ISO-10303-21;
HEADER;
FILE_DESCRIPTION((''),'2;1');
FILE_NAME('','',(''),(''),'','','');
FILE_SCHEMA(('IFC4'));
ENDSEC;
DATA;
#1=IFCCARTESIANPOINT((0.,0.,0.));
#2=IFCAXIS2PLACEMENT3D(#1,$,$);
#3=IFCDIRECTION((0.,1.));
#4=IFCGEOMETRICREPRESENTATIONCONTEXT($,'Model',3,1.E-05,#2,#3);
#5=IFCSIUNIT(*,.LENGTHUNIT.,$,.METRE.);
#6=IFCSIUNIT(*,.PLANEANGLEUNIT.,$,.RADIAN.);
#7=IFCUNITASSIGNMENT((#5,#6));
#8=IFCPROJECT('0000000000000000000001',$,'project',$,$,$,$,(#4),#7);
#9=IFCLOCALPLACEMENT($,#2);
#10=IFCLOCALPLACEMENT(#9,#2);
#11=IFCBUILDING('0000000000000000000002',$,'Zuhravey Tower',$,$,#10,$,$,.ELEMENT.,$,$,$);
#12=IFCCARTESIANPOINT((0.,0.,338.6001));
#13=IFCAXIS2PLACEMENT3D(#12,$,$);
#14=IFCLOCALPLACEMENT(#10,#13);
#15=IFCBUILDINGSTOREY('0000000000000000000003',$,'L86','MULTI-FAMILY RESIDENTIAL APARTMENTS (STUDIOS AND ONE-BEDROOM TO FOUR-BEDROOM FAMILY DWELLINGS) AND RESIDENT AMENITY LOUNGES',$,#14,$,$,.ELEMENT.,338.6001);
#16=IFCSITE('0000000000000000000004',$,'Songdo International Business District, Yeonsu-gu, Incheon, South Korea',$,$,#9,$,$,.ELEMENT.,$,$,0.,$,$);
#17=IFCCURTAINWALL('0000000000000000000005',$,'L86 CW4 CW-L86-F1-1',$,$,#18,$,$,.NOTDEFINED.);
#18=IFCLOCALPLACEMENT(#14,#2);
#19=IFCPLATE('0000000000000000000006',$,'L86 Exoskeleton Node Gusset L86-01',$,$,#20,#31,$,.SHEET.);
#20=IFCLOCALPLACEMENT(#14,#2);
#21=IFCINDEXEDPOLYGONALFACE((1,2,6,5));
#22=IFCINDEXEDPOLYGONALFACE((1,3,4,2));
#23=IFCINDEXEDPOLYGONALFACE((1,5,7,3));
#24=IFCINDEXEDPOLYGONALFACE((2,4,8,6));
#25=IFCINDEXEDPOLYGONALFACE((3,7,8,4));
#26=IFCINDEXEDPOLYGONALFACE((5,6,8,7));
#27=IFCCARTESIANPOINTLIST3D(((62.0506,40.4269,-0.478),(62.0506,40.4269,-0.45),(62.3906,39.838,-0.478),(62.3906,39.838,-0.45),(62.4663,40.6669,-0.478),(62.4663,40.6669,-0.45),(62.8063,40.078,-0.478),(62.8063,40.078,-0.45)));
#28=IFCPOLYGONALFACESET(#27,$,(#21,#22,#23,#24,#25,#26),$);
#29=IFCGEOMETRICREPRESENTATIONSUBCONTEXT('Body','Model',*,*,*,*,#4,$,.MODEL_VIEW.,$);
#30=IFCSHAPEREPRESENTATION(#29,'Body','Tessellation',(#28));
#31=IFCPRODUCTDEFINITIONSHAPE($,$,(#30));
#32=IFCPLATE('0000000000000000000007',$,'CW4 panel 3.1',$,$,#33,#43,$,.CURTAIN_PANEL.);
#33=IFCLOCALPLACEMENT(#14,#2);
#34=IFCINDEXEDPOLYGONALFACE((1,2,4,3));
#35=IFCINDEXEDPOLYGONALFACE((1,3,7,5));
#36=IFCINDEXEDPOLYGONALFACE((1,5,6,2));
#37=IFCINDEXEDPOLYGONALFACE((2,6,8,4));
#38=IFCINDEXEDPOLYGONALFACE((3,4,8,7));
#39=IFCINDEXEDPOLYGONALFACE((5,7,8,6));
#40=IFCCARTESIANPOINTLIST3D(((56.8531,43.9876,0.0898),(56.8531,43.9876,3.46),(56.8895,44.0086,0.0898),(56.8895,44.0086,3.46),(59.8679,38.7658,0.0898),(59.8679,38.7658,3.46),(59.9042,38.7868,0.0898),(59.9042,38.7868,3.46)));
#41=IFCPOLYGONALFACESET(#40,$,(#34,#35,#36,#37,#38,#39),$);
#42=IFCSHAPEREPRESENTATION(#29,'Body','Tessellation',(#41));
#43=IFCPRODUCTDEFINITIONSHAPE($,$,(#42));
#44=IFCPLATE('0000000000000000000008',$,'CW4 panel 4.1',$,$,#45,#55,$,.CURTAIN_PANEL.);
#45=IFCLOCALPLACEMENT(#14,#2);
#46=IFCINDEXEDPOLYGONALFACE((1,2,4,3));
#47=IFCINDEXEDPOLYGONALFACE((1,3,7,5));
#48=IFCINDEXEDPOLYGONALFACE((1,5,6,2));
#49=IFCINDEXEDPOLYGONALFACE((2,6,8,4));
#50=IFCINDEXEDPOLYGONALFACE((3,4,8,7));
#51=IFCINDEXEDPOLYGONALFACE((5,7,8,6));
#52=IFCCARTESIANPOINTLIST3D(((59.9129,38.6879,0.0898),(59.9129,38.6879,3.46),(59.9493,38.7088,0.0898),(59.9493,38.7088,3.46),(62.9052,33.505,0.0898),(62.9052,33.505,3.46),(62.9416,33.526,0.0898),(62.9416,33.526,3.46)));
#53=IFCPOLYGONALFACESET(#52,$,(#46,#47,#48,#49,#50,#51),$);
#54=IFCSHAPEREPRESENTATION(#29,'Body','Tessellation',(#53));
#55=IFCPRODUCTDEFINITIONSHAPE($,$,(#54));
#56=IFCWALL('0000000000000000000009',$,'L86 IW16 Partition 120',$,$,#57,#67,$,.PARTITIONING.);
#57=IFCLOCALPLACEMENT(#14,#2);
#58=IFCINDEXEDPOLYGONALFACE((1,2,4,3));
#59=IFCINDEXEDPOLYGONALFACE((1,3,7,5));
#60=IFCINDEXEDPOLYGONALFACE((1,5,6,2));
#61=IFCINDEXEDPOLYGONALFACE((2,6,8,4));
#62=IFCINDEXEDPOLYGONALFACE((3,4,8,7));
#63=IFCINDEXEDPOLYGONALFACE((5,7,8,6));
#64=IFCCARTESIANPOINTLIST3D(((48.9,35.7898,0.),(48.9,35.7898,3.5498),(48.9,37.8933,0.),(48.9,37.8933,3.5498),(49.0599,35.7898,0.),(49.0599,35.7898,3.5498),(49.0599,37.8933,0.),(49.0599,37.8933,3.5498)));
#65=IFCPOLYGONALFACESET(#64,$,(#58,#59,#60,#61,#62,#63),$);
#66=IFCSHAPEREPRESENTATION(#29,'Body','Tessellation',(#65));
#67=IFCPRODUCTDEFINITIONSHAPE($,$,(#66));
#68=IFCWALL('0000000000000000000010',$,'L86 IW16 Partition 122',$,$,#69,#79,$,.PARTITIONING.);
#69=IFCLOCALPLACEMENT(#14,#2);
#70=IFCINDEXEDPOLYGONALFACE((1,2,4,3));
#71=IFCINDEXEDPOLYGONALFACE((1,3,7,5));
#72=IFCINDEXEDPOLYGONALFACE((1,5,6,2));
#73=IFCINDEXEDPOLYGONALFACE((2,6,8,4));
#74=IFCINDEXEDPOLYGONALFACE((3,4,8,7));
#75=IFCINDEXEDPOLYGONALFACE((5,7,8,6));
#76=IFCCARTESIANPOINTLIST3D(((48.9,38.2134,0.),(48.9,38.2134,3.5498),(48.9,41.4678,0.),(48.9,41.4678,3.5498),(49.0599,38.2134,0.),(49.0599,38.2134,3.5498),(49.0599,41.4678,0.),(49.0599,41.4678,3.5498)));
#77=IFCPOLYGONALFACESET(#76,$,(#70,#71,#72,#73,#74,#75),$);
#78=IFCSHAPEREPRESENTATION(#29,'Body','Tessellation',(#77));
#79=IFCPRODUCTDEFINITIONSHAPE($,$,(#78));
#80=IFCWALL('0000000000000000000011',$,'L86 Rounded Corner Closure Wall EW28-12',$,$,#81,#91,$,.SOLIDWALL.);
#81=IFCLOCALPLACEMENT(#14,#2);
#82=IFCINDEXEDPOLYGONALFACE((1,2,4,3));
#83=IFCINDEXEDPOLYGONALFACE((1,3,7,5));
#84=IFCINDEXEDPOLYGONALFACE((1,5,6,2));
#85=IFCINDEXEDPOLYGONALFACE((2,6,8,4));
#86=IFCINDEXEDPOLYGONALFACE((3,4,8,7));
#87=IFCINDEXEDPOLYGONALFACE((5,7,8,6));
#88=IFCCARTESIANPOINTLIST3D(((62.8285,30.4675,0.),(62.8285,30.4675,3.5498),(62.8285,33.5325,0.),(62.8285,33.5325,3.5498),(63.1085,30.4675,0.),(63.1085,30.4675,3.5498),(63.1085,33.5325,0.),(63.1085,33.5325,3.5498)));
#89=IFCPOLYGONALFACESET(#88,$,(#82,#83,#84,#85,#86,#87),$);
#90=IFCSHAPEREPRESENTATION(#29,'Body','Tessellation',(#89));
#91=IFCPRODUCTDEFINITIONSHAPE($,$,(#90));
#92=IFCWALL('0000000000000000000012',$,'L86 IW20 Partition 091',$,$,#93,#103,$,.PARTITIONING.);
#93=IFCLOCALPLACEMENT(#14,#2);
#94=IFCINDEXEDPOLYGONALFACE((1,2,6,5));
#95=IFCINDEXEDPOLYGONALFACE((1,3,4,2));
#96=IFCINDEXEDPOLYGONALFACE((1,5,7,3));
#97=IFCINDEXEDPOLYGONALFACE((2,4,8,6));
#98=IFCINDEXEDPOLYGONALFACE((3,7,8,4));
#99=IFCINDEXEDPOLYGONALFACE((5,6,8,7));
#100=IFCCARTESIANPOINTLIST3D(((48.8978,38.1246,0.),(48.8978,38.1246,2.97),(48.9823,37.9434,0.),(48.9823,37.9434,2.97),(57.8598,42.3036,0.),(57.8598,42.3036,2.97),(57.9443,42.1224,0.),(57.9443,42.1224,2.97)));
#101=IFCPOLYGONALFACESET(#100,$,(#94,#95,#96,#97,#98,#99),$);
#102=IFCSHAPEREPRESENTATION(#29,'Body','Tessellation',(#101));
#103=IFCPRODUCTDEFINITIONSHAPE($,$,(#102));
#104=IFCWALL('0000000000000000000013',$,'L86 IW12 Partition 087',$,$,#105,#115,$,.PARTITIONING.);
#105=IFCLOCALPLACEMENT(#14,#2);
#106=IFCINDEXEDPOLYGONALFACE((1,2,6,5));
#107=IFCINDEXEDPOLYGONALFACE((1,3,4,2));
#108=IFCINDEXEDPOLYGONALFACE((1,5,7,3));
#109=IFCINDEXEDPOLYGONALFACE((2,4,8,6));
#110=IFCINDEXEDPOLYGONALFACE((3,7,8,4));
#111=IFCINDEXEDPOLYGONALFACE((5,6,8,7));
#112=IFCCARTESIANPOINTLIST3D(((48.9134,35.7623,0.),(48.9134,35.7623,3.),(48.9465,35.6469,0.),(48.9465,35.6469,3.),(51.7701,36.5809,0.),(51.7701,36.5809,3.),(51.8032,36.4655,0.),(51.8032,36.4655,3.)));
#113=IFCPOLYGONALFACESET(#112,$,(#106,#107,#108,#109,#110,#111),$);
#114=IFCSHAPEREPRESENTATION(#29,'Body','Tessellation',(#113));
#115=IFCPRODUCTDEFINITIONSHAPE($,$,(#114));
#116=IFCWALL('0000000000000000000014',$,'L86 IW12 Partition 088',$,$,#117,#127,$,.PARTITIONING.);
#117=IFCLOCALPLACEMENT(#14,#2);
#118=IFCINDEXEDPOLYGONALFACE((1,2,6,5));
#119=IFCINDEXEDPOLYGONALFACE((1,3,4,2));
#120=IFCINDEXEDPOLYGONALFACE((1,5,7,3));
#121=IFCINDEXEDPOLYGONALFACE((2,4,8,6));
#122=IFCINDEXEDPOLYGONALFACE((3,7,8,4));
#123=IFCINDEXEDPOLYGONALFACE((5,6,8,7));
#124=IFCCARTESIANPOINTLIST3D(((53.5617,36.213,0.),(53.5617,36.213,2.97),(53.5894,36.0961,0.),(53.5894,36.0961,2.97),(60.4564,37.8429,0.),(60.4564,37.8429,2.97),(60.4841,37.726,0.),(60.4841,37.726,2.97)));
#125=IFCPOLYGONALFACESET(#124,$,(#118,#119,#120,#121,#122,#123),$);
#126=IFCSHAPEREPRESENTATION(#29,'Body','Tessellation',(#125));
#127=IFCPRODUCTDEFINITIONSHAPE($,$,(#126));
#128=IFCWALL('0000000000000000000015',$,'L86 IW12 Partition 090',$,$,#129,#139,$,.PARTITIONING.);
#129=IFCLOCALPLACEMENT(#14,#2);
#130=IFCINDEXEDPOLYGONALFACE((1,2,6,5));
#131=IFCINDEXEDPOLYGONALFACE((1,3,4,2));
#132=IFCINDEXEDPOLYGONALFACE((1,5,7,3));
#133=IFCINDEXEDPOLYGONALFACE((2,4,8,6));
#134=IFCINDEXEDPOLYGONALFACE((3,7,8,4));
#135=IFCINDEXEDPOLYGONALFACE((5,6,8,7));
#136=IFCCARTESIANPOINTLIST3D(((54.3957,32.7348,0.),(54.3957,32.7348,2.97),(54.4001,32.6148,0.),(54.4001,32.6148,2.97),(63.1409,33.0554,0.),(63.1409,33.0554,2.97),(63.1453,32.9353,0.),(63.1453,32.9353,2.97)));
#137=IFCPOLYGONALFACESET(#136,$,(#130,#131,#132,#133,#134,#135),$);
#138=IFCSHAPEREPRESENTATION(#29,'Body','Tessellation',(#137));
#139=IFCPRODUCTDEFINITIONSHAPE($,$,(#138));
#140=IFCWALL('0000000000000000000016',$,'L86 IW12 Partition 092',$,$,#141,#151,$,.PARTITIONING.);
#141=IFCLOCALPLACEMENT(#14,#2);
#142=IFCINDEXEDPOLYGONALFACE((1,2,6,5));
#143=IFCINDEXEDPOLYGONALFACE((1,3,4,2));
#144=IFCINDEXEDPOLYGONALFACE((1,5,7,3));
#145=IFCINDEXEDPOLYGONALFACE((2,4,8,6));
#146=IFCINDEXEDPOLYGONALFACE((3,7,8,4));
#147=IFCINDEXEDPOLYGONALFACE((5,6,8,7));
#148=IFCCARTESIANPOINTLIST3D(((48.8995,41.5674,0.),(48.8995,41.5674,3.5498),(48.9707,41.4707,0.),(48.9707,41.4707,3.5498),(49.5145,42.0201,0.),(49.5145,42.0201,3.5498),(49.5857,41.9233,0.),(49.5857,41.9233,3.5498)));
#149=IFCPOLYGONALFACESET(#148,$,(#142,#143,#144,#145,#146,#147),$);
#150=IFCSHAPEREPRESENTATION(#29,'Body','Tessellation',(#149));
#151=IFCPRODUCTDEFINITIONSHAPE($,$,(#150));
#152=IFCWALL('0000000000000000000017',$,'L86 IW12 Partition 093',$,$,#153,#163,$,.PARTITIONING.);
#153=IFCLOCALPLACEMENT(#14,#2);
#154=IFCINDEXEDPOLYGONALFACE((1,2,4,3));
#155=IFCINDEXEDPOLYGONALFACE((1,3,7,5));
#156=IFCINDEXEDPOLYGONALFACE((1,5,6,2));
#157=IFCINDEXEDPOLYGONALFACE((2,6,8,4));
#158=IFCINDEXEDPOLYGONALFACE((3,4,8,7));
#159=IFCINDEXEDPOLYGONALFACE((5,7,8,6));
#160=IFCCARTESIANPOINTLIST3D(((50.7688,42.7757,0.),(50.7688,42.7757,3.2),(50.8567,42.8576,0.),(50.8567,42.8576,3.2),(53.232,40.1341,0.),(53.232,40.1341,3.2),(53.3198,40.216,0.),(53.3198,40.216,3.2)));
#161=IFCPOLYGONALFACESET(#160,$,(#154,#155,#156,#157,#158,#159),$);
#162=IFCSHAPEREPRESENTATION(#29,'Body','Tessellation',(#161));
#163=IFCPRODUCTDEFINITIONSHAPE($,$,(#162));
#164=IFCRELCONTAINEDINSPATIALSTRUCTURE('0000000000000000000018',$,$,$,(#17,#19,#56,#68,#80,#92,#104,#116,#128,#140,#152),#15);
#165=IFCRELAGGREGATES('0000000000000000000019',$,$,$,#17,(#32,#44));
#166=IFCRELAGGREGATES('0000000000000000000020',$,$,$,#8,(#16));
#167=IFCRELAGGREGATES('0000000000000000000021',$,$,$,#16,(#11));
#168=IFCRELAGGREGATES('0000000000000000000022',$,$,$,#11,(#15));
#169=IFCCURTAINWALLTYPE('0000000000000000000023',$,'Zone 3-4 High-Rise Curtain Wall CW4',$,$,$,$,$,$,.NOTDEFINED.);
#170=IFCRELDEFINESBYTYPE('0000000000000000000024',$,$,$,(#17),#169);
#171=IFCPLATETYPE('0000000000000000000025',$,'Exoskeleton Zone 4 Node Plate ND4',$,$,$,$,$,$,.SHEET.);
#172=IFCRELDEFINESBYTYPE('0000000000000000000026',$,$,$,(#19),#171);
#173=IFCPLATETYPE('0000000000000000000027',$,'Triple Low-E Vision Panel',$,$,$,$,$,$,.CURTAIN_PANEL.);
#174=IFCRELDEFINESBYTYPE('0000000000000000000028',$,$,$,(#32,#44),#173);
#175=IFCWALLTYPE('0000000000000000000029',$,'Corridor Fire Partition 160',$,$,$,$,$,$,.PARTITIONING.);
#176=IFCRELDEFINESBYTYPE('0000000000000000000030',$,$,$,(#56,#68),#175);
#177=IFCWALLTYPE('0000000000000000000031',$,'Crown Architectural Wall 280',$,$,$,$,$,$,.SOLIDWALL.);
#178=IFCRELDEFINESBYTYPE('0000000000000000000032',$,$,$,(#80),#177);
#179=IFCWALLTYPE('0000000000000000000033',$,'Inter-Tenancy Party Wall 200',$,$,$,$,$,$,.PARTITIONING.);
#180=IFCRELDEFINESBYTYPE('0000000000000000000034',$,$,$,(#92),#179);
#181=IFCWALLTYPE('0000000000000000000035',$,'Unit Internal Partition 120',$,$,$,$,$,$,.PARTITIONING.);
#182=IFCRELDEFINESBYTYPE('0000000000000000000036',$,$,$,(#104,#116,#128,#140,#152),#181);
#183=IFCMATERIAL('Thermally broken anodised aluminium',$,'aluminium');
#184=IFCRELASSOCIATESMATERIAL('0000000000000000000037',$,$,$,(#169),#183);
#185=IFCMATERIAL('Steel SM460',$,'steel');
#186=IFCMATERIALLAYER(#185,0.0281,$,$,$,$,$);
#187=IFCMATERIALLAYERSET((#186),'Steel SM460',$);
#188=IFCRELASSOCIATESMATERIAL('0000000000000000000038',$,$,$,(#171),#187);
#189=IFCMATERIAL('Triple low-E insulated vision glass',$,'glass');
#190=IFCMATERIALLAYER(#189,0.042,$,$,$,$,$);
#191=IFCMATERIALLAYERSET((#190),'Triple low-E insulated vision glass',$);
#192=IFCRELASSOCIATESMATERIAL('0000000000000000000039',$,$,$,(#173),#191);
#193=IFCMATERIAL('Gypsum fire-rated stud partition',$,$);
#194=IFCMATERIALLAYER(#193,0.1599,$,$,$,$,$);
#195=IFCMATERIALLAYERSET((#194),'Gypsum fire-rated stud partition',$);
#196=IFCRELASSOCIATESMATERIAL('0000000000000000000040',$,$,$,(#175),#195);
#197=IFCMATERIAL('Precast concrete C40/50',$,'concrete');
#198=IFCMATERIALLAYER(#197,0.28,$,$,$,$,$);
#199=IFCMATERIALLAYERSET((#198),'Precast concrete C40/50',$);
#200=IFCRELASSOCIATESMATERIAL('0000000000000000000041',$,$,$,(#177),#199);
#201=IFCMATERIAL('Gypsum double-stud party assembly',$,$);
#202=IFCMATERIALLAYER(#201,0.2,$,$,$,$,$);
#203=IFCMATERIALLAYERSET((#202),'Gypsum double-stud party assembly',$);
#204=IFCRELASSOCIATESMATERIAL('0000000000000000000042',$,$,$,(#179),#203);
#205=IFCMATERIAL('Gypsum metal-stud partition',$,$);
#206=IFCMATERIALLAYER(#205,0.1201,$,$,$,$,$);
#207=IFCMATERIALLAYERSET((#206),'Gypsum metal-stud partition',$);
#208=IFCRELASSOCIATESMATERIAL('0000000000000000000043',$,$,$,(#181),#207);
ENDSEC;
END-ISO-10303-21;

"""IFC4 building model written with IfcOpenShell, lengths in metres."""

from ifc_helpers import new_model, si_unit, direction, frame, frame_2d, origin, origin_2d, place, context, subcontext, project, spatial, rectangle, extrude, material, layer, layer_set, type_object, element, aggregate, save


model = new_model("IFC4")

# Units and contexts
model_context = context("Model", 3, precision=1e-05, world=origin(), true_north=direction((0.0, 1.0)))
body_context = subcontext(model_context, "Body", "Model", "MODEL_VIEW")
ifc_project = project(units=[si_unit("LENGTHUNIT", "METRE"), si_unit("PLANEANGLEUNIT", "RADIAN")], contexts=[model_context])

# Site, building, storey
site_placement = place(None, origin())
site = spatial("IfcSite", under=ifc_project, at=site_placement, Name="Songdo International Business District, Yeonsu-gu, Incheon, South Korea", CompositionType="ELEMENT", RefElevation=0.0)
building_placement = place(site_placement, origin())
building = spatial("IfcBuilding", under=site, at=building_placement, Name="Zuhravey Tower", CompositionType="ELEMENT")
storey_placement = place(building_placement, frame((0.0, 0.0, 338.6001)))
storey = spatial("IfcBuildingStorey", under=building, at=storey_placement, Name="L86", Description="MULTI-FAMILY RESIDENTIAL APARTMENTS (STUDIOS AND ONE-BEDROOM TO FOUR-BEDROOM FAMILY DWELLINGS) AND RESIDENT AMENITY LOUNGES", CompositionType="ELEMENT", Elevation=338.6001)

# Curtain wall
ifc_material_1 = material(Name="Thermally broken anodised aluminium", Category="aluminium")
curtain_wall_type = type_object("IfcCurtainWallType", Name="Zone 3-4 High-Rise Curtain Wall CW4", PredefinedType="NOTDEFINED", material=ifc_material_1)
curtain_wall_placement = place(storey_placement, origin())
curtain_wall = element("IfcCurtainWall", 1, at=curtain_wall_placement, inside=storey, type_object=curtain_wall_type, Name="L86 CW4 CW-L86-F1-1", PredefinedType="NOTDEFINED")

# Plates
ifc_material_2 = material(Name="Steel SM460", Category="steel")
ifc_layer_1 = layer(ifc_material_2, 0.0281)
ifc_layer_set_1 = layer_set([ifc_layer_1], Name="Steel SM460")
plate_type_1 = type_object("IfcPlateType", Name="Exoskeleton Zone 4 Node Plate ND4", PredefinedType="SHEET", material=ifc_layer_set_1)
plate_1_placement = place(storey_placement, frame((62.4285, 40.2524, -0.478), z_axis=(0.0, 0.0, 1.0), x_axis=(-0.5, 0.866025, 0.0)))
element("IfcPlate", 2, at=plate_1_placement, inside=storey, type_object=plate_type_1, Name="L86 Exoskeleton Node Gusset L86-01", PredefinedType="SHEET", context=body_context, shape_type="SweptSolid", body=[
    extrude(rectangle(XDim=0.6799, YDim=0.48, at=origin_2d()), origin(), (0.0, 0.0, 1.0), 0.0281),
])
ifc_material_3 = material(Name="Triple low-E insulated vision glass", Category="glass")
ifc_layer_2 = layer(ifc_material_3, 0.042)
ifc_layer_set_2 = layer_set([ifc_layer_2], Name="Triple low-E insulated vision glass")
plate_type_2 = type_object("IfcPlateType", Name="Triple Low-E Vision Panel", PredefinedType="CURTAIN_PANEL", material=ifc_layer_set_2)
plate_2_placement = place(storey_placement, frame((58.3787, 41.3872, 0.0898), z_axis=(0.0, 0.0, 1.0), x_axis=(0.5, -0.866026, 0.0)))
plate_2 = element("IfcPlate", 3, at=plate_2_placement, type_object=plate_type_2, Name="CW4 panel 3.1", PredefinedType="CURTAIN_PANEL", context=body_context, shape_type="SweptSolid", body=[
    extrude(rectangle(XDim=6.0295, YDim=0.042, at=origin_2d()), origin(), (0.0, 0.0, 1.0), 3.3701),
])
plate_3_placement = place(storey_placement, frame((61.4272, 36.1069, 0.0898), z_axis=(0.0, 0.0, 1.0), x_axis=(0.5, -0.866026, 0.0)))
plate_3 = element("IfcPlate", 4, at=plate_3_placement, type_object=plate_type_2, Name="CW4 panel 4.1", PredefinedType="CURTAIN_PANEL", context=body_context, shape_type="SweptSolid", body=[
    extrude(rectangle(XDim=5.9846, YDim=0.042, at=origin_2d()), origin(), (0.0, 0.0, 1.0), 3.3701),
])
aggregate(curtain_wall, [plate_2, plate_3])

# Walls
ifc_material_4 = material(Name="Gypsum fire-rated stud partition")
ifc_layer_3 = layer(ifc_material_4, 0.1599)
ifc_layer_set_3 = layer_set([ifc_layer_3], Name="Gypsum fire-rated stud partition")
wall_type_1 = type_object("IfcWallType", Name="Corridor Fire Partition 160", PredefinedType="PARTITIONING", material=ifc_layer_set_3)
wall_1_placement = place(storey_placement, frame((48.98, 35.7898, 0.0), z_axis=(0.0, 0.0, 1.0), x_axis=(0.0, 1.0, 0.0)))
element("IfcWall", 5, at=wall_1_placement, inside=storey, type_object=wall_type_1, Name="L86 IW16 Partition 120", PredefinedType="PARTITIONING", context=body_context, shape_type="SweptSolid", body=[
    extrude(rectangle(XDim=2.1035, YDim=0.1599, at=frame_2d((1.0518, 0.0))), origin(), (0.0, 0.0, 1.0), 3.5498),
])
wall_2_placement = place(storey_placement, frame((48.98, 38.2134, 0.0), z_axis=(0.0, 0.0, 1.0), x_axis=(0.0, 1.0, 0.0)))
element("IfcWall", 6, at=wall_2_placement, inside=storey, type_object=wall_type_1, Name="L86 IW16 Partition 122", PredefinedType="PARTITIONING", context=body_context, shape_type="SweptSolid", body=[
    extrude(rectangle(XDim=3.2544, YDim=0.1599, at=frame_2d((1.6272, 0.0))), origin(), (0.0, 0.0, 1.0), 3.5498),
])
ifc_material_5 = material(Name="Precast concrete C40/50", Category="concrete")
ifc_layer_4 = layer(ifc_material_5, 0.28)
ifc_layer_set_4 = layer_set([ifc_layer_4], Name="Precast concrete C40/50")
wall_type_2 = type_object("IfcWallType", Name="Crown Architectural Wall 280", PredefinedType="SOLIDWALL", material=ifc_layer_set_4)
wall_3_placement = place(storey_placement, frame((62.9685, 33.5325, 0.0), z_axis=(0.0, 0.0, 1.0), x_axis=(0.0, -1.0, 0.0)))
element("IfcWall", 7, at=wall_3_placement, inside=storey, type_object=wall_type_2, Name="L86 Rounded Corner Closure Wall EW28-12", PredefinedType="SOLIDWALL", context=body_context, shape_type="SweptSolid", body=[
    extrude(rectangle(XDim=3.0649, YDim=0.28, at=frame_2d((1.5325, 0.0))), origin(), (0.0, 0.0, 1.0), 3.5498),
])
ifc_material_6 = material(Name="Gypsum double-stud party assembly")
ifc_layer_5 = layer(ifc_material_6, 0.2)
ifc_layer_set_5 = layer_set([ifc_layer_5], Name="Gypsum double-stud party assembly")
wall_type_3 = type_object("IfcWallType", Name="Inter-Tenancy Party Wall 200", PredefinedType="PARTITIONING", material=ifc_layer_set_5)
wall_4_placement = place(storey_placement, frame((48.9399, 38.0339, 0.0), z_axis=(0.0, 0.0, 1.0), x_axis=(0.90631, 0.422614, 0.0)))
element("IfcWall", 8, at=wall_4_placement, inside=storey, type_object=wall_type_3, Name="L86 IW20 Partition 091", PredefinedType="PARTITIONING", context=body_context, shape_type="SweptSolid", body=[
    extrude(rectangle(XDim=9.8884, YDim=0.2, at=frame_2d((4.9443, 0.0))), origin(), (0.0, 0.0, 1.0), 2.97),
])
ifc_material_7 = material(Name="Gypsum metal-stud partition")
ifc_layer_6 = layer(ifc_material_7, 0.1201)
ifc_layer_set_6 = layer_set([ifc_layer_6], Name="Gypsum metal-stud partition")
wall_type_4 = type_object("IfcWallType", Name="Unit Internal Partition 120", PredefinedType="PARTITIONING", material=ifc_layer_set_6)
wall_5_placement = place(storey_placement, frame((48.9299, 35.7046, 0.0), z_axis=(0.0, 0.0, 1.0), x_axis=(0.96131, 0.27547, 0.0)))
element("IfcWall", 9, at=wall_5_placement, inside=storey, type_object=wall_type_4, Name="L86 IW12 Partition 087", PredefinedType="PARTITIONING", context=body_context, shape_type="SweptSolid", body=[
    extrude(rectangle(XDim=2.9717, YDim=0.1201, at=frame_2d((1.4858, 0.0))), origin(), (0.0, 0.0, 1.0), 3.0),
])
wall_6_placement = place(storey_placement, frame((53.5754, 36.1545, 0.0), z_axis=(0.0, 0.0, 1.0), x_axis=(0.973178, 0.230053, 0.0)))
element("IfcWall", 10, at=wall_6_placement, inside=storey, type_object=wall_type_4, Name="L86 IW12 Partition 088", PredefinedType="PARTITIONING", context=body_context, shape_type="SweptSolid", body=[
    extrude(rectangle(XDim=7.0847, YDim=0.1201, at=frame_2d((3.5425, 0.0))), origin(), (0.0, 0.0, 1.0), 2.97),
])
wall_7_placement = place(storey_placement, frame((54.3979, 32.6748, 0.0), z_axis=(0.0, 0.0, 1.0), x_axis=(0.999329, 0.036631, 0.0)))
element("IfcWall", 11, at=wall_7_placement, inside=storey, type_object=wall_type_4, Name="L86 IW12 Partition 090", PredefinedType="PARTITIONING", context=body_context, shape_type="SweptSolid", body=[
    extrude(rectangle(XDim=8.751, YDim=0.1201, at=frame_2d((4.3755, 0.0))), origin(), (0.0, 0.0, 1.0), 2.97),
])
wall_8_placement = place(storey_placement, frame((48.9351, 41.519, 0.0), z_axis=(0.0, 0.0, 1.0), x_axis=(0.805377, 0.592763, 0.0)))
element("IfcWall", 12, at=wall_8_placement, inside=storey, type_object=wall_type_4, Name="L86 IW12 Partition 092", PredefinedType="PARTITIONING", context=body_context, shape_type="SweptSolid", body=[
    extrude(rectangle(XDim=0.7637, YDim=0.1201, at=frame_2d((0.3818, 0.0))), origin(), (0.0, 0.0, 1.0), 3.5498),
])
wall_9_placement = place(storey_placement, frame((53.2759, 40.175, 0.0), z_axis=(0.0, 0.0, 1.0), x_axis=(-0.681969, 0.731381, 0.0)))
element("IfcWall", 13, at=wall_9_placement, inside=storey, type_object=wall_type_4, Name="L86 IW12 Partition 093", PredefinedType="PARTITIONING", context=body_context, shape_type="SweptSolid", body=[
    extrude(rectangle(XDim=3.6118, YDim=0.1201, at=frame_2d((1.8059, 0.0))), origin(), (0.0, 0.0, 1.0), 3.2),
])

save(model, "model.ifc")
